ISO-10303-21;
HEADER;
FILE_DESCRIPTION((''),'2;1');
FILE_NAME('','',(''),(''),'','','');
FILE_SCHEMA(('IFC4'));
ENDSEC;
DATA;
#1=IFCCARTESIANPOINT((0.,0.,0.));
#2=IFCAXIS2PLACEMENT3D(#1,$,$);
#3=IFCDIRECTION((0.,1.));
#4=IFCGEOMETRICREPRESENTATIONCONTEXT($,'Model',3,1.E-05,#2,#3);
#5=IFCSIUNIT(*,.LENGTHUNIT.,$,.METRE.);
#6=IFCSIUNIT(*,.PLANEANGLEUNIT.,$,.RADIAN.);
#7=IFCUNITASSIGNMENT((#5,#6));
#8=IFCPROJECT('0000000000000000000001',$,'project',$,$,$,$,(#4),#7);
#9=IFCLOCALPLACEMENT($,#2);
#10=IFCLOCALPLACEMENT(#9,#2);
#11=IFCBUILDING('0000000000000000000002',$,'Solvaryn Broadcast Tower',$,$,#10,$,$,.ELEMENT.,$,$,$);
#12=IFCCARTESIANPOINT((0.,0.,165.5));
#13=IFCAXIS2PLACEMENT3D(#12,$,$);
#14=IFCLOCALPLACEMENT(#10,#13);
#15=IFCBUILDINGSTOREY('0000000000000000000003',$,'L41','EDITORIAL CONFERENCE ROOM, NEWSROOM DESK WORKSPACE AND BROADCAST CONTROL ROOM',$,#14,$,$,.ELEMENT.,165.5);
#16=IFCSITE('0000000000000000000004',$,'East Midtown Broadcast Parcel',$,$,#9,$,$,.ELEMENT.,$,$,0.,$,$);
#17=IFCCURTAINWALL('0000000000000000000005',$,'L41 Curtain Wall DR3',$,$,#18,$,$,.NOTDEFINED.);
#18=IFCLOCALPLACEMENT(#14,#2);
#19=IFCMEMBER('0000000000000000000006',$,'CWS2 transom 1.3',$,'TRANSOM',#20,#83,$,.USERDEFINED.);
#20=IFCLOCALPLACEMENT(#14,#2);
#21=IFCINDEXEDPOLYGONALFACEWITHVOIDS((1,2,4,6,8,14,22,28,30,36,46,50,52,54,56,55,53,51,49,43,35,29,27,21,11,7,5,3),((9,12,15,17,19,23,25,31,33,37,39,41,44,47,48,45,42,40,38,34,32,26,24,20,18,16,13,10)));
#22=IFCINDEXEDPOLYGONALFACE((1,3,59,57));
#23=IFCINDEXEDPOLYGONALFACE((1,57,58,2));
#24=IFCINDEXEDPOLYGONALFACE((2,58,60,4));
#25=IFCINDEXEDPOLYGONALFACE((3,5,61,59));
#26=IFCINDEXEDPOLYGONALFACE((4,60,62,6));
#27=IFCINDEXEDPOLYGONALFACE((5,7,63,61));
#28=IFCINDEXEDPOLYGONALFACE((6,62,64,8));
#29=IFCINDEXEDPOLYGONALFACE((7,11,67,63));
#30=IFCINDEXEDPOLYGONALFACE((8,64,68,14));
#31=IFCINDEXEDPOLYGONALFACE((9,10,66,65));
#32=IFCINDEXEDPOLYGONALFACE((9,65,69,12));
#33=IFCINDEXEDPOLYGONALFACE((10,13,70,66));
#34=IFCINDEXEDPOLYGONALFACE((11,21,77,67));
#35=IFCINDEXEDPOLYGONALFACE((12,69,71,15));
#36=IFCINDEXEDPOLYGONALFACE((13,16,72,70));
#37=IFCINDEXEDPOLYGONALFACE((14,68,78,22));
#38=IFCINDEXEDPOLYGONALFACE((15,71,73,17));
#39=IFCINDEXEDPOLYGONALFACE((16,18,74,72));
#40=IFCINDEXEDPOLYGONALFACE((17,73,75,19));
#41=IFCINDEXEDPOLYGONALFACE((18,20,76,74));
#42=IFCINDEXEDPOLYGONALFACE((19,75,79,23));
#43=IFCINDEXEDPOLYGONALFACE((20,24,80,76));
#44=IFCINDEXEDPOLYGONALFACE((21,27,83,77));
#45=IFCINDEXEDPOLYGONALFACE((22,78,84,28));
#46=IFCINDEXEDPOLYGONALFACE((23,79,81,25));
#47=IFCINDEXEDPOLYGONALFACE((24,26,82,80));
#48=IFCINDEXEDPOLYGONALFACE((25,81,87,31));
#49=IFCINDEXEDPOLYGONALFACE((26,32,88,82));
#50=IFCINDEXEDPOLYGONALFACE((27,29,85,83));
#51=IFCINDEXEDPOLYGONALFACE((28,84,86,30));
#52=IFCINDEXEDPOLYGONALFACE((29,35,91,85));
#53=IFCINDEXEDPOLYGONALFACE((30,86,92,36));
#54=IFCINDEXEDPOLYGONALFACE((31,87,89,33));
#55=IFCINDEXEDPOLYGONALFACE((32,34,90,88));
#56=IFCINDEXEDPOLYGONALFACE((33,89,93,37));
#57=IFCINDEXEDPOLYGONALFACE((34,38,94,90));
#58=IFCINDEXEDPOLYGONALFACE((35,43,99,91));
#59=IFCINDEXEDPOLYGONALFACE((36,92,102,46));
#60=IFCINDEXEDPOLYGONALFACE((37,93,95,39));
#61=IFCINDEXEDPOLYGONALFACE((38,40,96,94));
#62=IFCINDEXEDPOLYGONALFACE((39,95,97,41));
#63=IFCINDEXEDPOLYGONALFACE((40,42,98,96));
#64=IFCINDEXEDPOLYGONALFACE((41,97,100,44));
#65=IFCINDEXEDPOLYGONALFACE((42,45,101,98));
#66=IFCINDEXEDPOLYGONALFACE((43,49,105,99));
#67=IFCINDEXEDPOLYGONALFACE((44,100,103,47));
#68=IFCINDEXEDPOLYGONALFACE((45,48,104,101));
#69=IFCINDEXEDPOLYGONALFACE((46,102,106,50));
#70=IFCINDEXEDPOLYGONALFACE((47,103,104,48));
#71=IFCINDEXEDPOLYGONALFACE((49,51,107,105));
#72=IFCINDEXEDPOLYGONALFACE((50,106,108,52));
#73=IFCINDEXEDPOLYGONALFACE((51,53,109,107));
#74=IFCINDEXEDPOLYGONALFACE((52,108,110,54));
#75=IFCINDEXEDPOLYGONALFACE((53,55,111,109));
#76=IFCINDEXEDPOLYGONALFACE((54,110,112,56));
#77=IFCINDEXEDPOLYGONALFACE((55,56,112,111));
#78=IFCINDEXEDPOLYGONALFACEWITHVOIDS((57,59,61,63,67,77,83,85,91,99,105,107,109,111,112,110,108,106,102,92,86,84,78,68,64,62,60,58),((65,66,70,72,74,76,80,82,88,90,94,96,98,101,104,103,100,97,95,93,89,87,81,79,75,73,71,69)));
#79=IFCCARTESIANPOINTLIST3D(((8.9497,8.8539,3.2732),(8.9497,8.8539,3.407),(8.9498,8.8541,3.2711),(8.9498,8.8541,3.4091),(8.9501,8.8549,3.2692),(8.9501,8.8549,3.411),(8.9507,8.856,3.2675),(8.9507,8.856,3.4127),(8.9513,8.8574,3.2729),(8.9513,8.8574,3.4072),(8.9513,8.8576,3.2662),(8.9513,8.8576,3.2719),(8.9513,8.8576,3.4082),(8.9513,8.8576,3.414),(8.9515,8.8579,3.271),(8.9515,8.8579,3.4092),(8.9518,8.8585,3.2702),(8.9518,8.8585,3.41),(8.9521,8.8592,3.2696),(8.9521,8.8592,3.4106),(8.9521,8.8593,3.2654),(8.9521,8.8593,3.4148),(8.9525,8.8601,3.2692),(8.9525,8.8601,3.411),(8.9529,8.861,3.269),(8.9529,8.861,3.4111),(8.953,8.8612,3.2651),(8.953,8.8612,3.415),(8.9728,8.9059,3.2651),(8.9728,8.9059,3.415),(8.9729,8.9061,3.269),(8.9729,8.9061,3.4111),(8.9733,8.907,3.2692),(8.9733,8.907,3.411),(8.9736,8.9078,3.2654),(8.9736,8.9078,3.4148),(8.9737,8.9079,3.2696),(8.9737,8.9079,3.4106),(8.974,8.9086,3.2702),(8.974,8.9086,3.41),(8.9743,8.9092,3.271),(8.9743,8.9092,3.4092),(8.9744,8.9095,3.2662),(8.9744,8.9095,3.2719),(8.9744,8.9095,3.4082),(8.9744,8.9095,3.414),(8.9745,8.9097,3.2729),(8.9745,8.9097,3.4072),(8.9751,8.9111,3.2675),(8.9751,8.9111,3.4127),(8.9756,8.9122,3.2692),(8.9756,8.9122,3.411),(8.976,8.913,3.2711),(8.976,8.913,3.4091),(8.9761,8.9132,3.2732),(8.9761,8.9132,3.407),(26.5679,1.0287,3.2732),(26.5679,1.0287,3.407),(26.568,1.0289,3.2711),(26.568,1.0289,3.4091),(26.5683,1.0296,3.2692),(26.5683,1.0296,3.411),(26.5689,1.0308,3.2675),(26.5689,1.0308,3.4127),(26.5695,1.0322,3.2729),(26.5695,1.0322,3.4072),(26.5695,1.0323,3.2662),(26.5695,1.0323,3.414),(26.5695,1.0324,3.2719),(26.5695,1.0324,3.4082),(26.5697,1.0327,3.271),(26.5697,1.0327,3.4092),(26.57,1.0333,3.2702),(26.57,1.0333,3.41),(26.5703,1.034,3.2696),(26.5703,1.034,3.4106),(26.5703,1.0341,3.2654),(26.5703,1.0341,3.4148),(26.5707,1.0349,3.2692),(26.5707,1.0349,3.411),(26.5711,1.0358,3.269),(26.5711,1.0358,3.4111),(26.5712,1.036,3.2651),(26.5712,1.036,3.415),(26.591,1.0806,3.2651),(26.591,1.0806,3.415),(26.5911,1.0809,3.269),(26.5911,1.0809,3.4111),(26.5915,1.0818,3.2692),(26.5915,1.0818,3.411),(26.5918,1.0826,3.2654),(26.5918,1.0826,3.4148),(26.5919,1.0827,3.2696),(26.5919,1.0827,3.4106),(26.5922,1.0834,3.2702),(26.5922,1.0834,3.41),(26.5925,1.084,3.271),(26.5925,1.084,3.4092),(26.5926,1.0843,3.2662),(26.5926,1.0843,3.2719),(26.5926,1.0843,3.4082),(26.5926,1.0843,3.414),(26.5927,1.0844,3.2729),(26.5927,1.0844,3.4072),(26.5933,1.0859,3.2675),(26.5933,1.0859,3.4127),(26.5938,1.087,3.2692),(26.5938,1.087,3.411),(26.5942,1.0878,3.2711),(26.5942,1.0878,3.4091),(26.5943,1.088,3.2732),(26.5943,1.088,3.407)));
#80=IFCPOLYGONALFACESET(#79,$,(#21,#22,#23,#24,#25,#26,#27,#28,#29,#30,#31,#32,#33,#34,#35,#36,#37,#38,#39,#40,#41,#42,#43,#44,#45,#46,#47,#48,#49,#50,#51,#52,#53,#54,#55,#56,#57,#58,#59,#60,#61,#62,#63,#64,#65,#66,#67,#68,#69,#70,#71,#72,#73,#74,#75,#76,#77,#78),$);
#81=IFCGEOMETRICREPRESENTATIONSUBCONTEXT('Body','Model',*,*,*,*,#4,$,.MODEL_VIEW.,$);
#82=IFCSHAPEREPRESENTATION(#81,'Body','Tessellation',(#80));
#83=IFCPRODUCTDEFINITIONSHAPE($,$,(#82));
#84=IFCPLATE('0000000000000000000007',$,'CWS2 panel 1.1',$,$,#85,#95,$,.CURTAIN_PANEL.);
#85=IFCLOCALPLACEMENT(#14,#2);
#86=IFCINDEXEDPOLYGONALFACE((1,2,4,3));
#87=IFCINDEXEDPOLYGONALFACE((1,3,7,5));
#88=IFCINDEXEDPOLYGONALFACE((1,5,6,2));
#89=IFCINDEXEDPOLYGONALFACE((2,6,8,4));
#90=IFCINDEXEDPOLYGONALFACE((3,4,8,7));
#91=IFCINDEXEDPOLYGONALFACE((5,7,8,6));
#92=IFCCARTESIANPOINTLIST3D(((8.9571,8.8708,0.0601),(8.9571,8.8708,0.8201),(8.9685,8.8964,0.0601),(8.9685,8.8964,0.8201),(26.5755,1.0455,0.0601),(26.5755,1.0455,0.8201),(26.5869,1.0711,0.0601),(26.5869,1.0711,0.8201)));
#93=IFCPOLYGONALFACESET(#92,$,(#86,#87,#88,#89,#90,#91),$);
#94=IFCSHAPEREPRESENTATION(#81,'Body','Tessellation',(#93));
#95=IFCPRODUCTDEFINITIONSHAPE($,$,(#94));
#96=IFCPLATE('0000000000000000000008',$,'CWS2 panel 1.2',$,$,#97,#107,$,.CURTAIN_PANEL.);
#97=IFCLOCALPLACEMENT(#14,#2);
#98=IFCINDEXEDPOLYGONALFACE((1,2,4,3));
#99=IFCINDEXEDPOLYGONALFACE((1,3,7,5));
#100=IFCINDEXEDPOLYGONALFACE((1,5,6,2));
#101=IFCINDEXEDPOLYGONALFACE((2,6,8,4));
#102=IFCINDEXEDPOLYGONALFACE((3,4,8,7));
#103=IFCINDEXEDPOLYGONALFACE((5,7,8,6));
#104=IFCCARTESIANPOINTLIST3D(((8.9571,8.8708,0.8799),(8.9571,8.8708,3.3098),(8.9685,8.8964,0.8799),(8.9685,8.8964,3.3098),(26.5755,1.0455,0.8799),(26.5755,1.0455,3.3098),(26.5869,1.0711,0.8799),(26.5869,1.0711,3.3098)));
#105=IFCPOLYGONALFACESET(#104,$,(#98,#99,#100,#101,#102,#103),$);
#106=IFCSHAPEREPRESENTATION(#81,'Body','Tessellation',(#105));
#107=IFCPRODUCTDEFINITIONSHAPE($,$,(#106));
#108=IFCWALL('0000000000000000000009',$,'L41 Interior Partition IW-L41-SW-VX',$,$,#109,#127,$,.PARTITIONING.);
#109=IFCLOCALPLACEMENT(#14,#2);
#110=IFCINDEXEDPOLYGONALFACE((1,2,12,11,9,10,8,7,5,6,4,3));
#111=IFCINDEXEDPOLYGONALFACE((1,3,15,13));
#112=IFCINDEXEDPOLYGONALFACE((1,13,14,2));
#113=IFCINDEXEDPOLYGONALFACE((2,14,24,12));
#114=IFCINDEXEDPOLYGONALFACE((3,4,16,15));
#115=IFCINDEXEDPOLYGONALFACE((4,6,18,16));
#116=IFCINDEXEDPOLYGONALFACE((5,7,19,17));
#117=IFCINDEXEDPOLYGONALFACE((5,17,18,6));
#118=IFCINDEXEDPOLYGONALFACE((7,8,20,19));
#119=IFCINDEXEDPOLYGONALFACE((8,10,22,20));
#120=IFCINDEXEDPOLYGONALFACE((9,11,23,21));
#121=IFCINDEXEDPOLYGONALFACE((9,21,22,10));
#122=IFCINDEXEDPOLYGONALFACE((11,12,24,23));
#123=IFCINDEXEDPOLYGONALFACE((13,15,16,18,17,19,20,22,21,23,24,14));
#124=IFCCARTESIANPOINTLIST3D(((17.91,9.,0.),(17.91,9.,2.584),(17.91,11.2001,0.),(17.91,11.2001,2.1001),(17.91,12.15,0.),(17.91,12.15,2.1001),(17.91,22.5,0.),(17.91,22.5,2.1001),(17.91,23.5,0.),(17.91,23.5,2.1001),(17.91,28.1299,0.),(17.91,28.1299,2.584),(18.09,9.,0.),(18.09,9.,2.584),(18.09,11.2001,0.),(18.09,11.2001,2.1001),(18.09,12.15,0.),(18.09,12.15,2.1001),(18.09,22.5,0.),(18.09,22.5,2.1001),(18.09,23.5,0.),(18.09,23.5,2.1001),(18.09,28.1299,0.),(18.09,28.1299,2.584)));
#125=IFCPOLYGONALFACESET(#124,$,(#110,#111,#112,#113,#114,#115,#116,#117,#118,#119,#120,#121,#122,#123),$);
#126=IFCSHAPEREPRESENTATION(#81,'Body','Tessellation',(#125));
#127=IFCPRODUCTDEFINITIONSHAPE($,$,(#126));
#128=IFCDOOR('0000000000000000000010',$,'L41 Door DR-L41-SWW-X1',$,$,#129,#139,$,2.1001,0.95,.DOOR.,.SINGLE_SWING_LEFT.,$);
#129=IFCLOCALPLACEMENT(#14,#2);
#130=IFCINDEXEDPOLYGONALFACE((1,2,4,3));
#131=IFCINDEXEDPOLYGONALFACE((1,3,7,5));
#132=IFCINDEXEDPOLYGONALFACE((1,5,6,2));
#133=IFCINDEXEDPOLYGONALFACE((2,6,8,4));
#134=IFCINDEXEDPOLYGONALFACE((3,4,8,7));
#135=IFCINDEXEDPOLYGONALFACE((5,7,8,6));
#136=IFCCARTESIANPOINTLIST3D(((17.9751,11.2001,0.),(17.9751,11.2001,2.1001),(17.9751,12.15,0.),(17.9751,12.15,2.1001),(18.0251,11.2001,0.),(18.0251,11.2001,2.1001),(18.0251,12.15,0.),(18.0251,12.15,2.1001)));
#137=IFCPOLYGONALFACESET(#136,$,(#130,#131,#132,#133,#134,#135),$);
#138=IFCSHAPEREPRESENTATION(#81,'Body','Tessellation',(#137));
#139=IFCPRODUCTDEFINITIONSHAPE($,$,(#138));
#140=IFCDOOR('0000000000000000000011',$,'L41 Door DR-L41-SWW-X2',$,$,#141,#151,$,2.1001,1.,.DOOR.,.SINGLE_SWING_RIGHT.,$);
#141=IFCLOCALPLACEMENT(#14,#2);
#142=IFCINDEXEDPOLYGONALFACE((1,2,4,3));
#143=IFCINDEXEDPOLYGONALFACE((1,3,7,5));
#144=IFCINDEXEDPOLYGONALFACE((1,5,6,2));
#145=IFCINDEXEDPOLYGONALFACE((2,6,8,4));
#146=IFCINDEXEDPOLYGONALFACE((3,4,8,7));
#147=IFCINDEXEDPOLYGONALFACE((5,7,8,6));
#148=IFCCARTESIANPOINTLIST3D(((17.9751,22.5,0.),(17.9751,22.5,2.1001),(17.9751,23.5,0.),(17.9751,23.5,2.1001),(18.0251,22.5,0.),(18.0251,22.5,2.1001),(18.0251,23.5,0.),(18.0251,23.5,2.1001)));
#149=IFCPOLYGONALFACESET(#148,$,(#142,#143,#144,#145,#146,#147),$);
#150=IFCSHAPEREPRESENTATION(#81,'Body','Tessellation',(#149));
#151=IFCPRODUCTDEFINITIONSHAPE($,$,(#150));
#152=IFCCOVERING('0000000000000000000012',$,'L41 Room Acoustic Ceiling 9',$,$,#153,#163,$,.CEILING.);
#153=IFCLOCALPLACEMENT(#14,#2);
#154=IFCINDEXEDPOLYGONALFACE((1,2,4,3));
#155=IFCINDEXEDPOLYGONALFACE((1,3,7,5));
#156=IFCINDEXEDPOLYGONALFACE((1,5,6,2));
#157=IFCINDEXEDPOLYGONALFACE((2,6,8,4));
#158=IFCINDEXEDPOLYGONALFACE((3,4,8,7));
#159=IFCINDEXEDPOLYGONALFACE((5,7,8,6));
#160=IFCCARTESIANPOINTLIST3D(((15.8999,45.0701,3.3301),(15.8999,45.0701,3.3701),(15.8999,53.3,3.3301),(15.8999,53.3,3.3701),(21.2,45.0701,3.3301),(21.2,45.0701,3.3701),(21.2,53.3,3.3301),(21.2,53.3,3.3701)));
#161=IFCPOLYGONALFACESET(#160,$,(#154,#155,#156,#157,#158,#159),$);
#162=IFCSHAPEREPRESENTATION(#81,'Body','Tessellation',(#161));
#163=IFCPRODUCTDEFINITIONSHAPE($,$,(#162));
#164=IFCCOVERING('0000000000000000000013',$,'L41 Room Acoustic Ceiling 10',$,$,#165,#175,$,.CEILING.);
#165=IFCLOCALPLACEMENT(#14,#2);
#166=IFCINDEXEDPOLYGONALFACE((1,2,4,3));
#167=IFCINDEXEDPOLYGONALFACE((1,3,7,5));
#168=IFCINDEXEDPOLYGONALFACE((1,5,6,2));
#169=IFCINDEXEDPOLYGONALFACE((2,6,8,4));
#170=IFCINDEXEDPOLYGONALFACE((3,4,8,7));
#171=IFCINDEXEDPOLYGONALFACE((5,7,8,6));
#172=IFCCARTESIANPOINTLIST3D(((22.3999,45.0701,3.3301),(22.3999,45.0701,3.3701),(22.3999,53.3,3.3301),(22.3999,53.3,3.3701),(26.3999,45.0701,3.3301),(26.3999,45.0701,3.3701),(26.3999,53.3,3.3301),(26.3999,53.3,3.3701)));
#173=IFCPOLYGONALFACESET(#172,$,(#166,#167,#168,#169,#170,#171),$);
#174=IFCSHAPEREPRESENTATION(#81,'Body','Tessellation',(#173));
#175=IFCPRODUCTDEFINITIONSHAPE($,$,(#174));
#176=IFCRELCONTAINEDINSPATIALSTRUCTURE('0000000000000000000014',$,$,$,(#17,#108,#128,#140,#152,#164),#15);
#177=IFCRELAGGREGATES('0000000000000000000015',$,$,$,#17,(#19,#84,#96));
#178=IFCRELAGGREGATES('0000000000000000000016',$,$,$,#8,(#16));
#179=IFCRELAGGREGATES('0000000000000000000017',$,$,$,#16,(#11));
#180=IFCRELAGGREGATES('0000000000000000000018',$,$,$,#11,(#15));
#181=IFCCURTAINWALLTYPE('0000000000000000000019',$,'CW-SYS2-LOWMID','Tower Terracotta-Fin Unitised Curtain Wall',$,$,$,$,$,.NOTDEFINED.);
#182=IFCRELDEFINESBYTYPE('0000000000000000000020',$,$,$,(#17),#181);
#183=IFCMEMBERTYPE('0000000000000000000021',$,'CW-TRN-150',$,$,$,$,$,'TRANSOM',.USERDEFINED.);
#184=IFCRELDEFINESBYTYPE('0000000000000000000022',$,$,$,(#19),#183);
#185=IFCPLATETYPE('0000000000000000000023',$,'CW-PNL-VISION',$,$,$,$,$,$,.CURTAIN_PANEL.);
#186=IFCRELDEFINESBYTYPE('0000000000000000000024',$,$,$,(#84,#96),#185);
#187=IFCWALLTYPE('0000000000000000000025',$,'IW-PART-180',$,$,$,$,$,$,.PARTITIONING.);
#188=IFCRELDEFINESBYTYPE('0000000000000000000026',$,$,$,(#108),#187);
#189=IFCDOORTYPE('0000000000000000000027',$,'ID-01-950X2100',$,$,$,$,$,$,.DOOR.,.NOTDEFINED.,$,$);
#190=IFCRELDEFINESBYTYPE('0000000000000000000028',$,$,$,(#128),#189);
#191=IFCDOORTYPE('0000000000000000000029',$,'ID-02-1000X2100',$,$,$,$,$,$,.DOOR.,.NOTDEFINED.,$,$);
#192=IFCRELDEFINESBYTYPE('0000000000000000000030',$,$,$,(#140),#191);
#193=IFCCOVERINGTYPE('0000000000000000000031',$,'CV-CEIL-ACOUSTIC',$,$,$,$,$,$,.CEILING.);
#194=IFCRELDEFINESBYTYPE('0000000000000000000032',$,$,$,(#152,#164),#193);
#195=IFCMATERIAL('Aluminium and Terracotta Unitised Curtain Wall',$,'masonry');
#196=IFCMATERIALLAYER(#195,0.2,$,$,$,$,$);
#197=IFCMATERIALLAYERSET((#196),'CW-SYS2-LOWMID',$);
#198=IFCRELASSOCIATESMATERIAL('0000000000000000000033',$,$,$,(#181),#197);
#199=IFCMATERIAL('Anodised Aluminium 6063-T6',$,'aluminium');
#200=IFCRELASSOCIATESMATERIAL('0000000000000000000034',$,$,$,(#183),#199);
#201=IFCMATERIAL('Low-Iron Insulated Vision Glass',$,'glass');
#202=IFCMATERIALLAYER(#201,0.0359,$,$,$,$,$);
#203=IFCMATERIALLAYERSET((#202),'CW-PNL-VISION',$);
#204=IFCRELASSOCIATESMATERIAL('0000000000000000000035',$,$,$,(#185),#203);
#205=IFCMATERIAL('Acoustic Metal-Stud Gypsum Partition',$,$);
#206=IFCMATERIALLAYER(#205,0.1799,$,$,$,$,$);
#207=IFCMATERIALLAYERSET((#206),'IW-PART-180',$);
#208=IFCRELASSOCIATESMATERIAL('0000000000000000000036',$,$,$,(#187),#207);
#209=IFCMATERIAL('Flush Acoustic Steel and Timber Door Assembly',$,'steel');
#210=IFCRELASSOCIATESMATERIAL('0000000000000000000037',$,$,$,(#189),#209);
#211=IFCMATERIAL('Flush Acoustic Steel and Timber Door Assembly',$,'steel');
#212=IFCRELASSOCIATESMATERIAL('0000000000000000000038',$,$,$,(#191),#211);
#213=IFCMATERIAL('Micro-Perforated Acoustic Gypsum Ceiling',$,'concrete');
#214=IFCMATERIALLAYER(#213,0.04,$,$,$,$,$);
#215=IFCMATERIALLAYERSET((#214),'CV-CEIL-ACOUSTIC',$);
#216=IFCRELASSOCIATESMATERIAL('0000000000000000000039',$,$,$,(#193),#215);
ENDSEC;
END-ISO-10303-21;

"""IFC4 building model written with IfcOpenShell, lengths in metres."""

from ifc_helpers import new_model, si_unit, direction, frame, frame_2d, origin, origin_2d, place, context, subcontext, project, spatial, polyline, rectangle, hollow_rectangle, outline, extrude, material, layer, layer_set, material_profile, profile_set, type_object, element, fill, aggregate, save


model = new_model("IFC4")

# Units and contexts
model_context = context("Model", 3, precision=1e-05, world=origin(), true_north=direction((0.0, 1.0)))
body_context = subcontext(model_context, "Body", "Model", "MODEL_VIEW")
ifc_project = project(units=[si_unit("LENGTHUNIT", "METRE"), si_unit("PLANEANGLEUNIT", "RADIAN")], contexts=[model_context])

# Site, building, storey
site_placement = place(None, origin())
site = spatial("IfcSite", under=ifc_project, at=site_placement, Name="East Midtown Broadcast Parcel", CompositionType="ELEMENT", RefElevation=0.0)
building_placement = place(site_placement, origin())
building = spatial("IfcBuilding", under=site, at=building_placement, Name="Solvaryn Broadcast Tower", CompositionType="ELEMENT")
storey_placement = place(building_placement, frame((0.0, 0.0, 165.5)))
storey = spatial("IfcBuildingStorey", under=building, at=storey_placement, Name="L41", Description="EDITORIAL CONFERENCE ROOM, NEWSROOM DESK WORKSPACE AND BROADCAST CONTROL ROOM", CompositionType="ELEMENT", Elevation=165.5)

# Shared definitions
ifc_material_1 = material(Name="Aluminium and Terracotta Unitised Curtain Wall", Category="masonry")
ifc_layer_1 = layer(ifc_material_1, 0.2)
ifc_layer_set_1 = layer_set([ifc_layer_1], Name="CW-SYS2-LOWMID")
curtain_wall_type = type_object("IfcCurtainWallType", Name="CW-SYS2-LOWMID", Description="Tower Terracotta-Fin Unitised Curtain Wall", PredefinedType="NOTDEFINED", material=ifc_layer_set_1)

# Curtain wall, member, plates
curtain_wall_1_placement = place(storey_placement, origin())
curtain_wall_1 = element("IfcCurtainWall", 1, at=curtain_wall_1_placement, inside=storey, type_object=curtain_wall_type, Name="L41 Curtain Wall DR3", PredefinedType="NOTDEFINED")
ifc_material_2 = material(Name="Anodised Aluminium 6063-T6", Category="aluminium")
ifc_material_profile_1 = material_profile(ifc_material_2, hollow_rectangle(XDim=0.0649, YDim=0.1499, WallThickness=0.0039, InnerFilletRadius=0.0039, OuterFilletRadius=0.0081, at=origin_2d()))
ifc_profile_set_1 = profile_set([ifc_material_profile_1], Name="Anodised Aluminium 6063-T6")
member_type_1 = type_object("IfcMemberType", Name="CW-TRN-150", ElementType="TRANSOM", PredefinedType="USERDEFINED", material=ifc_profile_set_1)
member_1_placement = place(storey_placement, frame((8.9629, 8.8835, 3.3401), z_axis=(0.91391, -0.405918, 0.0), x_axis=(0.405918, 0.91391, 0.0)))
member_1 = element("IfcMember", 2, at=member_1_placement, type_object=member_type_1, Name="CWS2 transom 1.3", ObjectType="TRANSOM", PredefinedType="USERDEFINED", context=body_context, shape_type="SweptSolid", body=[
    extrude(hollow_rectangle(XDim=0.0649, YDim=0.1499, WallThickness=0.0039, InnerFilletRadius=0.0039, OuterFilletRadius=0.0081, at=origin_2d()), origin(), (0.0, 0.0, 1.0), 19.2778),
])
ifc_material_3 = material(Name="Low-Iron Insulated Vision Glass", Category="glass")
ifc_layer_2 = layer(ifc_material_3, 0.0359)
ifc_layer_set_2 = layer_set([ifc_layer_2], Name="CW-PNL-VISION")
plate_type = type_object("IfcPlateType", Name="CW-PNL-VISION", PredefinedType="CURTAIN_PANEL", material=ifc_layer_set_2)
plate_1_placement = place(storey_placement, frame((17.772, 4.9709, 0.0601), z_axis=(0.0, 0.0, 1.0), x_axis=(0.913909, -0.405918, 0.0)))
plate_1 = element("IfcPlate", 3, at=plate_1_placement, type_object=plate_type, Name="CWS2 panel 1.1", PredefinedType="CURTAIN_PANEL", context=body_context, shape_type="SweptSolid", body=[
    extrude(rectangle(XDim=19.2781, YDim=0.0281, at=origin_2d()), origin(), (0.0, 0.0, 1.0), 0.76),
])
plate_2_placement = place(storey_placement, frame((17.772, 4.9709, 0.8799), z_axis=(0.0, 0.0, 1.0), x_axis=(0.913909, -0.405918, 0.0)))
plate_2 = element("IfcPlate", 4, at=plate_2_placement, type_object=plate_type, Name="CWS2 panel 1.2", PredefinedType="CURTAIN_PANEL", context=body_context, shape_type="SweptSolid", body=[
    extrude(rectangle(XDim=19.2781, YDim=0.0281, at=origin_2d()), origin(), (0.0, 0.0, 1.0), 2.4299),
])
aggregate(curtain_wall_1, [member_1, plate_1, plate_2])

# Wall, openings, doors
ifc_material_4 = material(Name="Acoustic Metal-Stud Gypsum Partition")
ifc_layer_3 = layer(ifc_material_4, 0.1799)
ifc_layer_set_3 = layer_set([ifc_layer_3], Name="IW-PART-180")
wall_type = type_object("IfcWallType", Name="IW-PART-180", PredefinedType="PARTITIONING", material=ifc_layer_set_3)
wall_placement = place(storey_placement, frame((18.0, 9.0, 0.0), z_axis=(0.0, 0.0, 1.0), x_axis=(0.0, 1.0, 0.0)))
wall = element("IfcWall", 5, at=wall_placement, inside=storey, type_object=wall_type, Name="L41 Interior Partition IW-L41-SW-VX", PredefinedType="PARTITIONING", context=body_context, shape_type="SweptSolid", body=[
    extrude(rectangle(XDim=19.1299, YDim=0.1799, at=frame_2d((9.5649, 0.0))), origin(), (0.0, 0.0, 1.0), 2.584),
])
opening_1_placement = place(wall_placement, frame((2.2, 0.0, 0.0)))
opening_1 = element("IfcOpeningElement", 6, at=opening_1_placement, cuts=wall, PredefinedType="OPENING", context=body_context, shape_type="SweptSolid", body=[
    extrude(rectangle(XDim=0.95, YDim=2.1001, at=frame_2d((0.4751, 1.05))), frame((0.0, 0.0999, 0.0), z_axis=(0.0, -1.0, 0.0), x_axis=(1.0, 0.0, 0.0)), (0.0, 0.0, 1.0), 0.2),
])
opening_2_placement = place(wall_placement, frame((13.5, 0.0, 0.0)))
opening_2 = element("IfcOpeningElement", 7, at=opening_2_placement, cuts=wall, PredefinedType="OPENING", context=body_context, shape_type="SweptSolid", body=[
    extrude(rectangle(XDim=1.0, YDim=2.1001, at=frame_2d((0.5, 1.05))), frame((0.0, 0.0999, 0.0), z_axis=(0.0, -1.0, 0.0), x_axis=(1.0, 0.0, 0.0)), (0.0, 0.0, 1.0), 0.2),
])
ifc_material_5 = material(Name="Flush Acoustic Steel and Timber Door Assembly", Category="steel")
door_type_1 = type_object("IfcDoorType", Name="ID-01-950X2100", OperationType="NOTDEFINED", PredefinedType="DOOR", material=ifc_material_5)
door_1_placement = place(opening_1_placement, origin())
door_1 = element("IfcDoor", 8, at=door_1_placement, inside=storey, type_object=door_type_1, Name="L41 Door DR-L41-SWW-X1", OperationType="SINGLE_SWING_LEFT", OverallHeight=2.1001, OverallWidth=0.95, PredefinedType="DOOR", context=body_context, shape_type="SweptSolid", body=[
    extrude(rectangle(XDim=0.95, YDim=2.1001, at=frame_2d((0.4751, 1.05))), frame((0.0, 0.0249, 0.0), z_axis=(0.0, -1.0, 0.0), x_axis=(1.0, 0.0, 0.0)), (0.0, 0.0, 1.0), 0.05),
])
fill(opening_1, door_1)
ifc_material_6 = material(Name="Flush Acoustic Steel and Timber Door Assembly", Category="steel")
door_type_2 = type_object("IfcDoorType", Name="ID-02-1000X2100", OperationType="NOTDEFINED", PredefinedType="DOOR", material=ifc_material_6)
door_2_placement = place(opening_2_placement, origin())
door_2 = element("IfcDoor", 9, at=door_2_placement, inside=storey, type_object=door_type_2, Name="L41 Door DR-L41-SWW-X2", OperationType="SINGLE_SWING_RIGHT", OverallHeight=2.1001, OverallWidth=1.0, PredefinedType="DOOR", context=body_context, shape_type="SweptSolid", body=[
    extrude(rectangle(XDim=1.0, YDim=2.1001, at=frame_2d((0.5, 1.05))), frame((0.0, 0.0249, 0.0), z_axis=(0.0, -1.0, 0.0), x_axis=(1.0, 0.0, 0.0)), (0.0, 0.0, 1.0), 0.05),
])
fill(opening_2, door_2)

# Coverings
ifc_material_7 = material(Name="Micro-Perforated Acoustic Gypsum Ceiling", Category="concrete")
ifc_layer_4 = layer(ifc_material_7, 0.04)
ifc_layer_set_4 = layer_set([ifc_layer_4], Name="CV-CEIL-ACOUSTIC")
covering_type_1 = type_object("IfcCoveringType", Name="CV-CEIL-ACOUSTIC", PredefinedType="CEILING", material=ifc_layer_set_4)
covering_1_placement = place(storey_placement, frame((0.0, 0.0, 3.3301)))
element("IfcCovering", 10, at=covering_1_placement, inside=storey, type_object=covering_type_1, Name="L41 Room Acoustic Ceiling 9", PredefinedType="CEILING", context=body_context, shape_type="SweptSolid", body=[
    extrude(outline(polyline([(15.8999, 45.0701), (21.2, 45.0701), (21.2, 53.3), (15.8999, 53.3), (15.8999, 45.0701)])), origin(), (0.0, 0.0, 1.0), 0.04),
])
covering_2_placement = place(storey_placement, frame((0.0, 0.0, 3.3301)))
element("IfcCovering", 11, at=covering_2_placement, inside=storey, type_object=covering_type_1, Name="L41 Room Acoustic Ceiling 10", PredefinedType="CEILING", context=body_context, shape_type="SweptSolid", body=[
    extrude(outline(polyline([(22.3999, 45.0701), (26.3999, 45.0701), (26.3999, 53.3), (22.3999, 53.3), (22.3999, 45.0701)])), origin(), (0.0, 0.0, 1.0), 0.04),
])

save(model, "model.ifc")
